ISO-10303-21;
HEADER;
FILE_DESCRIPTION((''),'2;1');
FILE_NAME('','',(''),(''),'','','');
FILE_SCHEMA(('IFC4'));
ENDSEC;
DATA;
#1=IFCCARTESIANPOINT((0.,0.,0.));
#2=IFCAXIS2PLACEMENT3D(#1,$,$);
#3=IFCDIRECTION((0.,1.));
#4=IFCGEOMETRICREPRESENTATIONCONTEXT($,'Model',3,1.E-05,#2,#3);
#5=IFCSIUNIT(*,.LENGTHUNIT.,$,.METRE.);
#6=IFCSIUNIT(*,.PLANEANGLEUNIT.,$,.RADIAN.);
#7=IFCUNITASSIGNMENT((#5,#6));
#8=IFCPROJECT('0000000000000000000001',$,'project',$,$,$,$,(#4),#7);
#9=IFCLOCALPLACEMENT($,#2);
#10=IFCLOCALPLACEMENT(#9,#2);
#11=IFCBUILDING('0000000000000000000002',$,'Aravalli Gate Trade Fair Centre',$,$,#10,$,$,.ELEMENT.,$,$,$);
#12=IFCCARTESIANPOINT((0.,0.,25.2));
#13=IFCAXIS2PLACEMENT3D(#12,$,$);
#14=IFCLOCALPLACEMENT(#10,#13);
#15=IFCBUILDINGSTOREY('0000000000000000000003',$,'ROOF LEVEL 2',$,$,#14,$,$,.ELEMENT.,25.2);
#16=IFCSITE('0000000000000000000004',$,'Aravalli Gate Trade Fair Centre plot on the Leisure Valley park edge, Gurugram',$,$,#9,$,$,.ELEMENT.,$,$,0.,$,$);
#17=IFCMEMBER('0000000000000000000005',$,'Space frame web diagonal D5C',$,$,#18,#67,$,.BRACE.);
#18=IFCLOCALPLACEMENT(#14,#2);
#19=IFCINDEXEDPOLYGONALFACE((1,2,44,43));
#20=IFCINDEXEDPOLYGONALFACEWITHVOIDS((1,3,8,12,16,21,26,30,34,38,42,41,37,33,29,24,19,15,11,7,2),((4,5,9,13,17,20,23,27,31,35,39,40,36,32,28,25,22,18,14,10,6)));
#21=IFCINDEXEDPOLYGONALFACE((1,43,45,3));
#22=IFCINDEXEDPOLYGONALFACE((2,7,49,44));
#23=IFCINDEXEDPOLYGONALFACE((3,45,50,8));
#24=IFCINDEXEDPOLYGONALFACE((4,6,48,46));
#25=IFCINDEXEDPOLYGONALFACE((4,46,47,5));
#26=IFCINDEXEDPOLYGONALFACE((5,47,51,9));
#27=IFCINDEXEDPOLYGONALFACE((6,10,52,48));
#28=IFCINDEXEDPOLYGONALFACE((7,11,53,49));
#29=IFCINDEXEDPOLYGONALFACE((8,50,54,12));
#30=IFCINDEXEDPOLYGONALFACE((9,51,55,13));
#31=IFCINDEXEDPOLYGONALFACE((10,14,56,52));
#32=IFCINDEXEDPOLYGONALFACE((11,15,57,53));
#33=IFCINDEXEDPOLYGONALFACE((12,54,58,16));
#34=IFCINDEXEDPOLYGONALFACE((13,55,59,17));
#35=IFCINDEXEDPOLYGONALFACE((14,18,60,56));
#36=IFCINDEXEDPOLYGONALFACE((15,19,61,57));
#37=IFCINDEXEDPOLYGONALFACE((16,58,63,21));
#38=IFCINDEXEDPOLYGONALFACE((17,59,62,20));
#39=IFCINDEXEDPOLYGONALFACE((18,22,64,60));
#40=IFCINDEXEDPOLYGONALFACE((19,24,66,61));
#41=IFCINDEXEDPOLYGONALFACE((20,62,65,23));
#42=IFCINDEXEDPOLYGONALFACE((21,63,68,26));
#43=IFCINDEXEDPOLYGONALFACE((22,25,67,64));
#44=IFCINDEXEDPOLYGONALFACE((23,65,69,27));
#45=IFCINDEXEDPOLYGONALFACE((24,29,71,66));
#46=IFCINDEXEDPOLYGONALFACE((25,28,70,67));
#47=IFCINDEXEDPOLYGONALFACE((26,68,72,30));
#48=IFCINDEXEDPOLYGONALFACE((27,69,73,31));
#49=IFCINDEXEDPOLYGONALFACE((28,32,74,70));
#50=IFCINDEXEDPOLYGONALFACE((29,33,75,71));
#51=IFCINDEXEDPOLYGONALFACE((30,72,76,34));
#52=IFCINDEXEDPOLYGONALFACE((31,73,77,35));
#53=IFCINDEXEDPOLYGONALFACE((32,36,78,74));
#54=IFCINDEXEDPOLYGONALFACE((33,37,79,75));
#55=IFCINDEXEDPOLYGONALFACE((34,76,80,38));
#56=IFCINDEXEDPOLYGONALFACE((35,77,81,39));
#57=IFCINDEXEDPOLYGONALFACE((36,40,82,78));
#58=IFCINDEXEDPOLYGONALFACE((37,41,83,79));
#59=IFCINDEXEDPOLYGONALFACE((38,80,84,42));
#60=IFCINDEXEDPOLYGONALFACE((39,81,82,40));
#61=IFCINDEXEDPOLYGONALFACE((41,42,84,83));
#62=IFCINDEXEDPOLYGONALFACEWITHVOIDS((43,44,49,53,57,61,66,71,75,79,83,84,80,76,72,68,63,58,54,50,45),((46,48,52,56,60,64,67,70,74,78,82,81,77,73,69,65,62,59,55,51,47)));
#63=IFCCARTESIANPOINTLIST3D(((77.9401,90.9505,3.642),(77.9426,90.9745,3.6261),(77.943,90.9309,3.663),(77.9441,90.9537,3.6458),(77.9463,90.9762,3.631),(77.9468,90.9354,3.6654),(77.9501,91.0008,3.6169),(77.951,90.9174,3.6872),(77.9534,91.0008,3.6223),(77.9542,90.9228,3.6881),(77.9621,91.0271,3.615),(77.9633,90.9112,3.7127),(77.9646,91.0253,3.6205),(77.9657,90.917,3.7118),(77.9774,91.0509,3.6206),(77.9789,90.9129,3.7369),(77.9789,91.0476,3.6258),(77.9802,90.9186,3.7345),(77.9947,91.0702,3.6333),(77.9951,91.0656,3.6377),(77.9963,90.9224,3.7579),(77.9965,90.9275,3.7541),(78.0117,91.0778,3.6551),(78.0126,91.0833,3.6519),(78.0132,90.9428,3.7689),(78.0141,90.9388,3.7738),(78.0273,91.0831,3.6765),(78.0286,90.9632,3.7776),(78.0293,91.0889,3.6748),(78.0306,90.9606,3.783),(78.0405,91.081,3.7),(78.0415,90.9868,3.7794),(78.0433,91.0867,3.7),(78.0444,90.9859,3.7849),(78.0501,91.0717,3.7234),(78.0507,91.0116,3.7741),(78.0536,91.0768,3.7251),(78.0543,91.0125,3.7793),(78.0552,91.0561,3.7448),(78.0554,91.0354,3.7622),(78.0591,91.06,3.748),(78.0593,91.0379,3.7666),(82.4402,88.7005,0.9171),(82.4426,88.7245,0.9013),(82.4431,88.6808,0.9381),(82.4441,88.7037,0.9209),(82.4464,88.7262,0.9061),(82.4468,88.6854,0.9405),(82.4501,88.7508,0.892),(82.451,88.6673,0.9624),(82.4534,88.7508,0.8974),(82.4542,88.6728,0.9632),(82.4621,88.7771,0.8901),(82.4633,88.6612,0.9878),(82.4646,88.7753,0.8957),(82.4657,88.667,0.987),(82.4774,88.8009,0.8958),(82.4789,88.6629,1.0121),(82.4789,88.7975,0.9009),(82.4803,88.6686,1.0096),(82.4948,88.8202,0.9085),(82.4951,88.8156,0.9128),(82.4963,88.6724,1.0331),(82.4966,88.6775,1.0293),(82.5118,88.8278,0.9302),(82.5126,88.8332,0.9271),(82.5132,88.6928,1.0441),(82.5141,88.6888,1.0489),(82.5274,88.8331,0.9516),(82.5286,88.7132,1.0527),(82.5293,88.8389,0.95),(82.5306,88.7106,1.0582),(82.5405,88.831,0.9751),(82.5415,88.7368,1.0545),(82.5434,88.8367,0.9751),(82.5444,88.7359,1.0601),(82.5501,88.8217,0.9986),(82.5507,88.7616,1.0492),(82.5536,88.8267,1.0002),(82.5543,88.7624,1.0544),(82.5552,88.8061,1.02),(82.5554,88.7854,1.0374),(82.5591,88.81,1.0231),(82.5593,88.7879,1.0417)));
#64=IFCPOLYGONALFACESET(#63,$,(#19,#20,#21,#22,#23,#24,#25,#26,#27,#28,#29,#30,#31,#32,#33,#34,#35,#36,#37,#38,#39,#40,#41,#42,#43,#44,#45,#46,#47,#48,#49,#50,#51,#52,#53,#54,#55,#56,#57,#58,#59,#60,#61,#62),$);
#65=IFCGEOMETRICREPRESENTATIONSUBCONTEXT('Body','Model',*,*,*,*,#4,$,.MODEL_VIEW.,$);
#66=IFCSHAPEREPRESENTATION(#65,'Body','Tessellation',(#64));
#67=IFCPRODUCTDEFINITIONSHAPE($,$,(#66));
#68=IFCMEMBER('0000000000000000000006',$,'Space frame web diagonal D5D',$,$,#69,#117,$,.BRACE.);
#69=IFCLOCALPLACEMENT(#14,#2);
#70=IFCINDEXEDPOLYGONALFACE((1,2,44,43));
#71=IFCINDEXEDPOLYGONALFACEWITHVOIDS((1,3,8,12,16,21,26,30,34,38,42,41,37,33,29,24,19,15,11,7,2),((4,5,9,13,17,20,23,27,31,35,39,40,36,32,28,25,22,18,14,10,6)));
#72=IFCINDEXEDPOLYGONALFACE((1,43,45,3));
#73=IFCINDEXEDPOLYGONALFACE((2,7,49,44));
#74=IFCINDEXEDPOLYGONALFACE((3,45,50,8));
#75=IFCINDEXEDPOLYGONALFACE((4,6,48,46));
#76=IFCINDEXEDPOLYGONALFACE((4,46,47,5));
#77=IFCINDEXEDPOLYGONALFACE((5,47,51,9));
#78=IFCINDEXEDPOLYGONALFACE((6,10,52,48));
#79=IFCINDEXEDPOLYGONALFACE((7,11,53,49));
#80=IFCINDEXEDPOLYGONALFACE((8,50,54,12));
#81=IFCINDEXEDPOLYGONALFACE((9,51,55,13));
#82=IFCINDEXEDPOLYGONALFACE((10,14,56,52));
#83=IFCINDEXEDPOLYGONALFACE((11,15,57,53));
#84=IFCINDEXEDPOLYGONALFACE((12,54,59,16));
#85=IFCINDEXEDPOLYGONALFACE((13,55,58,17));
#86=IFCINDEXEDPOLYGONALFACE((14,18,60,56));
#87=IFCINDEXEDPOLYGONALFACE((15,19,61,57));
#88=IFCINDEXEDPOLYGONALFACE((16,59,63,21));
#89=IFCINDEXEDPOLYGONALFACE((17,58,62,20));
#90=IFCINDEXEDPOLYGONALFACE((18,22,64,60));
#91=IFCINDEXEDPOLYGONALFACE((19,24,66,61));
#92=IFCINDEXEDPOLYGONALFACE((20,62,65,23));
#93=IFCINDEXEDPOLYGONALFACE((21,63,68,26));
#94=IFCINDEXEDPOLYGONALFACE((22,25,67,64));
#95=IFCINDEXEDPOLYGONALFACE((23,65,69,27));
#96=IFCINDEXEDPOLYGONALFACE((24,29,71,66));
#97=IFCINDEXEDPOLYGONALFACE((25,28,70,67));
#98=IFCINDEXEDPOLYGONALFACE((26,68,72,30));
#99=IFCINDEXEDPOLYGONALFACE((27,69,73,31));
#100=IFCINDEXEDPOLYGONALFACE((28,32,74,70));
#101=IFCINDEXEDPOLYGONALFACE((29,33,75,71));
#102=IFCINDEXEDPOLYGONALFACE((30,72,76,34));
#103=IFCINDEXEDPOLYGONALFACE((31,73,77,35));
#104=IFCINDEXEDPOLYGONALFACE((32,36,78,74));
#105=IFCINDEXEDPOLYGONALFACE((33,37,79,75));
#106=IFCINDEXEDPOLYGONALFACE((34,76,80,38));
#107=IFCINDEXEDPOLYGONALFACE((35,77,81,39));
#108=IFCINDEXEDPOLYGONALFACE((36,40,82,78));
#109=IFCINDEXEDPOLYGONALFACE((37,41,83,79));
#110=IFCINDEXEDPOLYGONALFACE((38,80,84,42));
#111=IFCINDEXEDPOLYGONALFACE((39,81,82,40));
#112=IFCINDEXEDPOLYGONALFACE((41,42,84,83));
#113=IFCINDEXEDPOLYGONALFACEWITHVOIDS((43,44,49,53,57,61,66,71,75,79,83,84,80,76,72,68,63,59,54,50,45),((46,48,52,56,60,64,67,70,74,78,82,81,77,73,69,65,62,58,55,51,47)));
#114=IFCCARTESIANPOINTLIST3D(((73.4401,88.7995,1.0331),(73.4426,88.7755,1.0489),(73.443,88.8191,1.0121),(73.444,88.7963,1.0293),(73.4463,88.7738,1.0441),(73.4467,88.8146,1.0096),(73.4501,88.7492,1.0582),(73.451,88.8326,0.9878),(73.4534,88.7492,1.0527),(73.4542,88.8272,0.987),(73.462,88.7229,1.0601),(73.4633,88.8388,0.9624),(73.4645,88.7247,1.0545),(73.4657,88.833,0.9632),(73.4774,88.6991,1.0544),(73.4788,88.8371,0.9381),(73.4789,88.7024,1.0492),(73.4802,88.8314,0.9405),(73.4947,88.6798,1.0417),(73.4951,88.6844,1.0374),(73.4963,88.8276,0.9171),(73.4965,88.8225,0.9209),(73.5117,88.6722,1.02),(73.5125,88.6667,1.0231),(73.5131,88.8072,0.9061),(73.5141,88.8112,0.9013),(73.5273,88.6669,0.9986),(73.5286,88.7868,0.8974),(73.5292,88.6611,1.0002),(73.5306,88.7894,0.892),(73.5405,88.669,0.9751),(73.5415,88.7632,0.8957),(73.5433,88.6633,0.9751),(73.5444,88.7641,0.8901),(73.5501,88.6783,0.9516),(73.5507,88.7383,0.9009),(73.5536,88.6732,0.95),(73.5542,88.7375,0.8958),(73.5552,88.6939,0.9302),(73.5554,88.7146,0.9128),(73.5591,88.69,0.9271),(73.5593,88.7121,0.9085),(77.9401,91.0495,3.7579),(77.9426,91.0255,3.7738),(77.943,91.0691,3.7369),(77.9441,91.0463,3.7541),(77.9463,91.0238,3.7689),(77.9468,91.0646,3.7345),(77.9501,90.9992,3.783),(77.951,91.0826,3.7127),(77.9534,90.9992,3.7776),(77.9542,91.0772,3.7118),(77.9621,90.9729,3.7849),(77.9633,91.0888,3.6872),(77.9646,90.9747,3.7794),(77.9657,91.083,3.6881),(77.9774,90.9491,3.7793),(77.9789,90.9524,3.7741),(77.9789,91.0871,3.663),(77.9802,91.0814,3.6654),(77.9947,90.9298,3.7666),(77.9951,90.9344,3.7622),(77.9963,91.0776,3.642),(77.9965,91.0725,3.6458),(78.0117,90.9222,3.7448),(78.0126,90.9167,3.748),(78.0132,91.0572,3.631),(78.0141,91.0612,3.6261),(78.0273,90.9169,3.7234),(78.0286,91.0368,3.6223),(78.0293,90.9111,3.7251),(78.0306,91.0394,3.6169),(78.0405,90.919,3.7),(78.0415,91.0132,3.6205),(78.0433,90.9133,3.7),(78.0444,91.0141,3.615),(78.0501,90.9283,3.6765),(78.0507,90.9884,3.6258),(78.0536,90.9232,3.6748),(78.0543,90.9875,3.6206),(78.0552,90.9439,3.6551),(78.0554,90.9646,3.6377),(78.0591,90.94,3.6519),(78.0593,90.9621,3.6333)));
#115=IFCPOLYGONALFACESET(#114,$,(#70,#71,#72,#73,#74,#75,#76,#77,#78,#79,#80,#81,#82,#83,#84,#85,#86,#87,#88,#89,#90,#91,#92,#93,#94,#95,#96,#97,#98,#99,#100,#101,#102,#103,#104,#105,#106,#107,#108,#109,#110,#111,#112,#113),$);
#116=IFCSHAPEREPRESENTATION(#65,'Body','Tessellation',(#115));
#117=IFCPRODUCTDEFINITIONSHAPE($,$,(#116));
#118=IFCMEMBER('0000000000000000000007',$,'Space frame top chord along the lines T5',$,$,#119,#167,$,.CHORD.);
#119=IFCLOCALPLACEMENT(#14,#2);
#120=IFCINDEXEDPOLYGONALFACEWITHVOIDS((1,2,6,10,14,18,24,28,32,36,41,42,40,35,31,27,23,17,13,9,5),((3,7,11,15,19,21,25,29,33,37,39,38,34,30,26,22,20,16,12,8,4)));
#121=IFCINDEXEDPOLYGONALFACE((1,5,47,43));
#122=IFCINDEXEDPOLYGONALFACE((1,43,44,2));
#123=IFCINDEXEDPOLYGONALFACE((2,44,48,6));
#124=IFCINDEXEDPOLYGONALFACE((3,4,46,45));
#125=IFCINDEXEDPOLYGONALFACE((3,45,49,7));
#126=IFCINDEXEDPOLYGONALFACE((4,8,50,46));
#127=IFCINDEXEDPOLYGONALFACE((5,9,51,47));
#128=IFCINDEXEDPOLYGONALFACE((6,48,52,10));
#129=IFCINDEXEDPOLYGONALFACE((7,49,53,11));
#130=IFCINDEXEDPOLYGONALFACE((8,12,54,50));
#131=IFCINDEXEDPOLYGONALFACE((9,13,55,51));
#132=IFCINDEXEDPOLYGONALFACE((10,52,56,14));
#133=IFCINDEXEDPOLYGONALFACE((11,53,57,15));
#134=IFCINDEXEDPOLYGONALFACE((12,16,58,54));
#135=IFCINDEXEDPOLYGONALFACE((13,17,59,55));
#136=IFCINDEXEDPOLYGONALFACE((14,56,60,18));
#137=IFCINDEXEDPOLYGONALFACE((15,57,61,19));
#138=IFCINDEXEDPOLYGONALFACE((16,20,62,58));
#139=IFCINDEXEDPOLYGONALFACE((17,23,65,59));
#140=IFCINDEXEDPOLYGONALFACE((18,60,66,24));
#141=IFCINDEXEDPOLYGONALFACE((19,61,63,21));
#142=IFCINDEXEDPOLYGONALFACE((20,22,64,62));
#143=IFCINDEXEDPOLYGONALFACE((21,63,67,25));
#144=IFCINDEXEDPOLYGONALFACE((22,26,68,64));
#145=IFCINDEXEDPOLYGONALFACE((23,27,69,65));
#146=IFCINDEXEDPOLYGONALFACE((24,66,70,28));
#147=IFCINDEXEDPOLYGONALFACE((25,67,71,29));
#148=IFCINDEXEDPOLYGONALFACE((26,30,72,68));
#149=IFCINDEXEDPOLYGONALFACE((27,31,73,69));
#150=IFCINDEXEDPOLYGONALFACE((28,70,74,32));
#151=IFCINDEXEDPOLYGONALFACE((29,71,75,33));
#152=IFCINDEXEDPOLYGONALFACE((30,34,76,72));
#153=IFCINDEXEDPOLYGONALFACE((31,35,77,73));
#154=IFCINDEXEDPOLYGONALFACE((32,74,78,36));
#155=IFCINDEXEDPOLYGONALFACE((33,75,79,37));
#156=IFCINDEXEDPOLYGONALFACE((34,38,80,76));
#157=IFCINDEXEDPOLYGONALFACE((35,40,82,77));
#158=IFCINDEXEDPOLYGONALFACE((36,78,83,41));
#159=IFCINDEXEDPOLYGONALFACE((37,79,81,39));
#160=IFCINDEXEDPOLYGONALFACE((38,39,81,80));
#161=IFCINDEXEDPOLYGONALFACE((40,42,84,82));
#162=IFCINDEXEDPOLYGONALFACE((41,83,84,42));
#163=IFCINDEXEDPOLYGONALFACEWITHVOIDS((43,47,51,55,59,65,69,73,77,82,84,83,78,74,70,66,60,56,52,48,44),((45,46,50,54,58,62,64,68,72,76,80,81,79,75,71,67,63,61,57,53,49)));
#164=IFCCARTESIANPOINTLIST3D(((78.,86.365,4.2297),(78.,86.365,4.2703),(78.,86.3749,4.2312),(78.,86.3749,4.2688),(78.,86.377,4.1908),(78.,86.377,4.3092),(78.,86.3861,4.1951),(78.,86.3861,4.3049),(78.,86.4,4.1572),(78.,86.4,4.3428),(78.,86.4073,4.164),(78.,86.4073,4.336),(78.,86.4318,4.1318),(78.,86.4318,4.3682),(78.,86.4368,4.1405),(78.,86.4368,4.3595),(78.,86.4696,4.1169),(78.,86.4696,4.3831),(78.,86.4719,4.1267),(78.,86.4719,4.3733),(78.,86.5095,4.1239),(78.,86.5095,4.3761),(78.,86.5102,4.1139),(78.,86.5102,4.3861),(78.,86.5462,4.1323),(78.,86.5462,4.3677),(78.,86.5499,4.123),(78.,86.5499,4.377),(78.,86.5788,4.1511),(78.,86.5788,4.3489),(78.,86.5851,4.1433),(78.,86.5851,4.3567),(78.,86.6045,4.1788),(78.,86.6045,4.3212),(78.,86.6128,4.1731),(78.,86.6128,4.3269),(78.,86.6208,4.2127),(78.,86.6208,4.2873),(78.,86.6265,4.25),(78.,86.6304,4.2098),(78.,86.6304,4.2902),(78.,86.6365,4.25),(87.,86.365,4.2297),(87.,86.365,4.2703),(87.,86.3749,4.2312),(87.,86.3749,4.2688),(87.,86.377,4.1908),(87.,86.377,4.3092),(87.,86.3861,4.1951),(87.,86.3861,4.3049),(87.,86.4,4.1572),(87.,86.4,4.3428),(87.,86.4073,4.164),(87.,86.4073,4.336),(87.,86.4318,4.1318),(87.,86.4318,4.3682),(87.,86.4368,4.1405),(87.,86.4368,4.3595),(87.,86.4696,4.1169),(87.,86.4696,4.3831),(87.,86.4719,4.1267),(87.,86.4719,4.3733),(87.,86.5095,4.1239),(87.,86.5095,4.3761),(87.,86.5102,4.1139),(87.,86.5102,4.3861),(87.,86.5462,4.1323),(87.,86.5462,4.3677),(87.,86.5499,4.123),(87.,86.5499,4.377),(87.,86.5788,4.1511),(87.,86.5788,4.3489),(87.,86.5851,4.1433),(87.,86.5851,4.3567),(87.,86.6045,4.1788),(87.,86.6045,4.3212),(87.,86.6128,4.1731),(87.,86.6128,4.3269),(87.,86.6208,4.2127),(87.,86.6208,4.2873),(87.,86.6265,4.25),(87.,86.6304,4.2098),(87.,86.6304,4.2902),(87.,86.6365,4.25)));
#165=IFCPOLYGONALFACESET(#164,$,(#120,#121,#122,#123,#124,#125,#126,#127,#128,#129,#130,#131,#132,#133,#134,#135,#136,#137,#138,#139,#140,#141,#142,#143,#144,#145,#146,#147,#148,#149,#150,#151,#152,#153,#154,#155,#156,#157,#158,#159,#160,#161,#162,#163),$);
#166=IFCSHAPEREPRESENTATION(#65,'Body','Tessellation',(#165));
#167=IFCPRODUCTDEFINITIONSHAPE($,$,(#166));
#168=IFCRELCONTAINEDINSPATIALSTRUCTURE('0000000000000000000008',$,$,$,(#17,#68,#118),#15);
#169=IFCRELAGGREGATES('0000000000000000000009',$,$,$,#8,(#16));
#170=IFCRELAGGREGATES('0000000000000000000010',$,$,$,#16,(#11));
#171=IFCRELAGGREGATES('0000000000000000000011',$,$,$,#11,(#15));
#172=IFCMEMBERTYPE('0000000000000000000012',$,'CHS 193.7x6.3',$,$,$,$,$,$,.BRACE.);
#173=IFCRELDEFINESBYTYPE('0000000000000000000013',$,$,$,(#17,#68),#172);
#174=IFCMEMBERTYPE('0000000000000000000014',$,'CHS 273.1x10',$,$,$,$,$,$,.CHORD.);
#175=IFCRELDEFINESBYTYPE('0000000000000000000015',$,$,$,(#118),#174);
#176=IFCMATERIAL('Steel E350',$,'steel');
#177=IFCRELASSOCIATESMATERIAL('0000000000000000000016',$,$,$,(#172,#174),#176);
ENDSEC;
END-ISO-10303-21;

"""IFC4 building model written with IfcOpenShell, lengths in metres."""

from ifc_helpers import new_model, si_unit, direction, frame, origin, origin_2d, place, context, subcontext, project, spatial, hollow_circle, extrude, material, material_profile, profile_set, type_object, element, save


model = new_model("IFC4")

# Units and contexts
model_context = context("Model", 3, precision=1e-05, world=origin(), true_north=direction((0.0, 1.0)))
body_context = subcontext(model_context, "Body", "Model", "MODEL_VIEW")
ifc_project = project(units=[si_unit("LENGTHUNIT", "METRE"), si_unit("PLANEANGLEUNIT", "RADIAN")], contexts=[model_context])

# Site, building, storey
site_placement = place(None, origin())
site = spatial("IfcSite", under=ifc_project, at=site_placement, Name="Aravalli Gate Trade Fair Centre plot on the Leisure Valley park edge, Gurugram", CompositionType="ELEMENT", RefElevation=0.0)
building_placement = place(site_placement, origin())
building = spatial("IfcBuilding", under=site, at=building_placement, Name="Aravalli Gate Trade Fair Centre", CompositionType="ELEMENT")
storey_placement = place(building_placement, frame((0.0, 0.0, 25.2)))
storey = spatial("IfcBuildingStorey", under=building, at=storey_placement, Name="ROOF LEVEL 2", CompositionType="ELEMENT", Elevation=25.2)

# Members
ifc_material_1 = material(Name="Steel E350", Category="steel")
ifc_material_profile_1 = material_profile(ifc_material_1, hollow_circle(Radius=0.0969, WallThickness=0.0063, at=origin_2d()), Name="CHS 193.7x6.3")
ifc_profile_set_1 = profile_set([ifc_material_profile_1], Name="Steel E350")
member_type_1 = type_object("IfcMemberType", Name="CHS 193.7x6.3", PredefinedType="BRACE", material=ifc_profile_set_1)
for number, where, z_axis, x_axis, name in (
    (1, (78.0, 91.0, 3.7), (0.786486, -0.393243, -0.476235), (0.447214, 0.894427, 0.0), "Space frame web diagonal D5C"),
    (2, (78.0, 91.0, 3.7), (-0.786486, -0.393243, -0.476235), (0.447214, -0.894427, 0.0), "Space frame web diagonal D5D"),
):
    element("IfcMember", number, at=place(storey_placement, frame(where, z_axis=z_axis, x_axis=x_axis)), inside=storey, type_object=member_type_1, Name=name, PredefinedType="BRACE", context=body_context, shape_type="SweptSolid", body=[
        extrude(hollow_circle(Radius=0.0969, WallThickness=0.0063, at=origin_2d()), origin(), (0.0, 0.0, 1.0), 5.7217),
    ])
ifc_material_profile_2 = material_profile(ifc_material_1, hollow_circle(Radius=0.1365, WallThickness=0.01, at=origin_2d()), Name="CHS 273.1x10")
ifc_profile_set_2 = profile_set([ifc_material_profile_2], Name="Steel E350")
member_type_2 = type_object("IfcMemberType", Name="CHS 273.1x10", PredefinedType="CHORD", material=ifc_profile_set_2)
for number, where, z_axis, x_axis, name in (
    (3, (78.0, 86.5, 4.25), (1.0, 0.0, 0.0), (0.0, 1.0, 0.0), "Space frame top chord along the lines T5"),
):
    element("IfcMember", number, at=place(storey_placement, frame(where, z_axis=z_axis, x_axis=x_axis)), inside=storey, type_object=member_type_2, Name=name, PredefinedType="CHORD", context=body_context, shape_type="SweptSolid", body=[
        extrude(hollow_circle(Radius=0.1365, WallThickness=0.01, at=origin_2d()), origin(), (0.0, 0.0, 1.0), 9.0),
    ])

save(model, "model.ifc")
